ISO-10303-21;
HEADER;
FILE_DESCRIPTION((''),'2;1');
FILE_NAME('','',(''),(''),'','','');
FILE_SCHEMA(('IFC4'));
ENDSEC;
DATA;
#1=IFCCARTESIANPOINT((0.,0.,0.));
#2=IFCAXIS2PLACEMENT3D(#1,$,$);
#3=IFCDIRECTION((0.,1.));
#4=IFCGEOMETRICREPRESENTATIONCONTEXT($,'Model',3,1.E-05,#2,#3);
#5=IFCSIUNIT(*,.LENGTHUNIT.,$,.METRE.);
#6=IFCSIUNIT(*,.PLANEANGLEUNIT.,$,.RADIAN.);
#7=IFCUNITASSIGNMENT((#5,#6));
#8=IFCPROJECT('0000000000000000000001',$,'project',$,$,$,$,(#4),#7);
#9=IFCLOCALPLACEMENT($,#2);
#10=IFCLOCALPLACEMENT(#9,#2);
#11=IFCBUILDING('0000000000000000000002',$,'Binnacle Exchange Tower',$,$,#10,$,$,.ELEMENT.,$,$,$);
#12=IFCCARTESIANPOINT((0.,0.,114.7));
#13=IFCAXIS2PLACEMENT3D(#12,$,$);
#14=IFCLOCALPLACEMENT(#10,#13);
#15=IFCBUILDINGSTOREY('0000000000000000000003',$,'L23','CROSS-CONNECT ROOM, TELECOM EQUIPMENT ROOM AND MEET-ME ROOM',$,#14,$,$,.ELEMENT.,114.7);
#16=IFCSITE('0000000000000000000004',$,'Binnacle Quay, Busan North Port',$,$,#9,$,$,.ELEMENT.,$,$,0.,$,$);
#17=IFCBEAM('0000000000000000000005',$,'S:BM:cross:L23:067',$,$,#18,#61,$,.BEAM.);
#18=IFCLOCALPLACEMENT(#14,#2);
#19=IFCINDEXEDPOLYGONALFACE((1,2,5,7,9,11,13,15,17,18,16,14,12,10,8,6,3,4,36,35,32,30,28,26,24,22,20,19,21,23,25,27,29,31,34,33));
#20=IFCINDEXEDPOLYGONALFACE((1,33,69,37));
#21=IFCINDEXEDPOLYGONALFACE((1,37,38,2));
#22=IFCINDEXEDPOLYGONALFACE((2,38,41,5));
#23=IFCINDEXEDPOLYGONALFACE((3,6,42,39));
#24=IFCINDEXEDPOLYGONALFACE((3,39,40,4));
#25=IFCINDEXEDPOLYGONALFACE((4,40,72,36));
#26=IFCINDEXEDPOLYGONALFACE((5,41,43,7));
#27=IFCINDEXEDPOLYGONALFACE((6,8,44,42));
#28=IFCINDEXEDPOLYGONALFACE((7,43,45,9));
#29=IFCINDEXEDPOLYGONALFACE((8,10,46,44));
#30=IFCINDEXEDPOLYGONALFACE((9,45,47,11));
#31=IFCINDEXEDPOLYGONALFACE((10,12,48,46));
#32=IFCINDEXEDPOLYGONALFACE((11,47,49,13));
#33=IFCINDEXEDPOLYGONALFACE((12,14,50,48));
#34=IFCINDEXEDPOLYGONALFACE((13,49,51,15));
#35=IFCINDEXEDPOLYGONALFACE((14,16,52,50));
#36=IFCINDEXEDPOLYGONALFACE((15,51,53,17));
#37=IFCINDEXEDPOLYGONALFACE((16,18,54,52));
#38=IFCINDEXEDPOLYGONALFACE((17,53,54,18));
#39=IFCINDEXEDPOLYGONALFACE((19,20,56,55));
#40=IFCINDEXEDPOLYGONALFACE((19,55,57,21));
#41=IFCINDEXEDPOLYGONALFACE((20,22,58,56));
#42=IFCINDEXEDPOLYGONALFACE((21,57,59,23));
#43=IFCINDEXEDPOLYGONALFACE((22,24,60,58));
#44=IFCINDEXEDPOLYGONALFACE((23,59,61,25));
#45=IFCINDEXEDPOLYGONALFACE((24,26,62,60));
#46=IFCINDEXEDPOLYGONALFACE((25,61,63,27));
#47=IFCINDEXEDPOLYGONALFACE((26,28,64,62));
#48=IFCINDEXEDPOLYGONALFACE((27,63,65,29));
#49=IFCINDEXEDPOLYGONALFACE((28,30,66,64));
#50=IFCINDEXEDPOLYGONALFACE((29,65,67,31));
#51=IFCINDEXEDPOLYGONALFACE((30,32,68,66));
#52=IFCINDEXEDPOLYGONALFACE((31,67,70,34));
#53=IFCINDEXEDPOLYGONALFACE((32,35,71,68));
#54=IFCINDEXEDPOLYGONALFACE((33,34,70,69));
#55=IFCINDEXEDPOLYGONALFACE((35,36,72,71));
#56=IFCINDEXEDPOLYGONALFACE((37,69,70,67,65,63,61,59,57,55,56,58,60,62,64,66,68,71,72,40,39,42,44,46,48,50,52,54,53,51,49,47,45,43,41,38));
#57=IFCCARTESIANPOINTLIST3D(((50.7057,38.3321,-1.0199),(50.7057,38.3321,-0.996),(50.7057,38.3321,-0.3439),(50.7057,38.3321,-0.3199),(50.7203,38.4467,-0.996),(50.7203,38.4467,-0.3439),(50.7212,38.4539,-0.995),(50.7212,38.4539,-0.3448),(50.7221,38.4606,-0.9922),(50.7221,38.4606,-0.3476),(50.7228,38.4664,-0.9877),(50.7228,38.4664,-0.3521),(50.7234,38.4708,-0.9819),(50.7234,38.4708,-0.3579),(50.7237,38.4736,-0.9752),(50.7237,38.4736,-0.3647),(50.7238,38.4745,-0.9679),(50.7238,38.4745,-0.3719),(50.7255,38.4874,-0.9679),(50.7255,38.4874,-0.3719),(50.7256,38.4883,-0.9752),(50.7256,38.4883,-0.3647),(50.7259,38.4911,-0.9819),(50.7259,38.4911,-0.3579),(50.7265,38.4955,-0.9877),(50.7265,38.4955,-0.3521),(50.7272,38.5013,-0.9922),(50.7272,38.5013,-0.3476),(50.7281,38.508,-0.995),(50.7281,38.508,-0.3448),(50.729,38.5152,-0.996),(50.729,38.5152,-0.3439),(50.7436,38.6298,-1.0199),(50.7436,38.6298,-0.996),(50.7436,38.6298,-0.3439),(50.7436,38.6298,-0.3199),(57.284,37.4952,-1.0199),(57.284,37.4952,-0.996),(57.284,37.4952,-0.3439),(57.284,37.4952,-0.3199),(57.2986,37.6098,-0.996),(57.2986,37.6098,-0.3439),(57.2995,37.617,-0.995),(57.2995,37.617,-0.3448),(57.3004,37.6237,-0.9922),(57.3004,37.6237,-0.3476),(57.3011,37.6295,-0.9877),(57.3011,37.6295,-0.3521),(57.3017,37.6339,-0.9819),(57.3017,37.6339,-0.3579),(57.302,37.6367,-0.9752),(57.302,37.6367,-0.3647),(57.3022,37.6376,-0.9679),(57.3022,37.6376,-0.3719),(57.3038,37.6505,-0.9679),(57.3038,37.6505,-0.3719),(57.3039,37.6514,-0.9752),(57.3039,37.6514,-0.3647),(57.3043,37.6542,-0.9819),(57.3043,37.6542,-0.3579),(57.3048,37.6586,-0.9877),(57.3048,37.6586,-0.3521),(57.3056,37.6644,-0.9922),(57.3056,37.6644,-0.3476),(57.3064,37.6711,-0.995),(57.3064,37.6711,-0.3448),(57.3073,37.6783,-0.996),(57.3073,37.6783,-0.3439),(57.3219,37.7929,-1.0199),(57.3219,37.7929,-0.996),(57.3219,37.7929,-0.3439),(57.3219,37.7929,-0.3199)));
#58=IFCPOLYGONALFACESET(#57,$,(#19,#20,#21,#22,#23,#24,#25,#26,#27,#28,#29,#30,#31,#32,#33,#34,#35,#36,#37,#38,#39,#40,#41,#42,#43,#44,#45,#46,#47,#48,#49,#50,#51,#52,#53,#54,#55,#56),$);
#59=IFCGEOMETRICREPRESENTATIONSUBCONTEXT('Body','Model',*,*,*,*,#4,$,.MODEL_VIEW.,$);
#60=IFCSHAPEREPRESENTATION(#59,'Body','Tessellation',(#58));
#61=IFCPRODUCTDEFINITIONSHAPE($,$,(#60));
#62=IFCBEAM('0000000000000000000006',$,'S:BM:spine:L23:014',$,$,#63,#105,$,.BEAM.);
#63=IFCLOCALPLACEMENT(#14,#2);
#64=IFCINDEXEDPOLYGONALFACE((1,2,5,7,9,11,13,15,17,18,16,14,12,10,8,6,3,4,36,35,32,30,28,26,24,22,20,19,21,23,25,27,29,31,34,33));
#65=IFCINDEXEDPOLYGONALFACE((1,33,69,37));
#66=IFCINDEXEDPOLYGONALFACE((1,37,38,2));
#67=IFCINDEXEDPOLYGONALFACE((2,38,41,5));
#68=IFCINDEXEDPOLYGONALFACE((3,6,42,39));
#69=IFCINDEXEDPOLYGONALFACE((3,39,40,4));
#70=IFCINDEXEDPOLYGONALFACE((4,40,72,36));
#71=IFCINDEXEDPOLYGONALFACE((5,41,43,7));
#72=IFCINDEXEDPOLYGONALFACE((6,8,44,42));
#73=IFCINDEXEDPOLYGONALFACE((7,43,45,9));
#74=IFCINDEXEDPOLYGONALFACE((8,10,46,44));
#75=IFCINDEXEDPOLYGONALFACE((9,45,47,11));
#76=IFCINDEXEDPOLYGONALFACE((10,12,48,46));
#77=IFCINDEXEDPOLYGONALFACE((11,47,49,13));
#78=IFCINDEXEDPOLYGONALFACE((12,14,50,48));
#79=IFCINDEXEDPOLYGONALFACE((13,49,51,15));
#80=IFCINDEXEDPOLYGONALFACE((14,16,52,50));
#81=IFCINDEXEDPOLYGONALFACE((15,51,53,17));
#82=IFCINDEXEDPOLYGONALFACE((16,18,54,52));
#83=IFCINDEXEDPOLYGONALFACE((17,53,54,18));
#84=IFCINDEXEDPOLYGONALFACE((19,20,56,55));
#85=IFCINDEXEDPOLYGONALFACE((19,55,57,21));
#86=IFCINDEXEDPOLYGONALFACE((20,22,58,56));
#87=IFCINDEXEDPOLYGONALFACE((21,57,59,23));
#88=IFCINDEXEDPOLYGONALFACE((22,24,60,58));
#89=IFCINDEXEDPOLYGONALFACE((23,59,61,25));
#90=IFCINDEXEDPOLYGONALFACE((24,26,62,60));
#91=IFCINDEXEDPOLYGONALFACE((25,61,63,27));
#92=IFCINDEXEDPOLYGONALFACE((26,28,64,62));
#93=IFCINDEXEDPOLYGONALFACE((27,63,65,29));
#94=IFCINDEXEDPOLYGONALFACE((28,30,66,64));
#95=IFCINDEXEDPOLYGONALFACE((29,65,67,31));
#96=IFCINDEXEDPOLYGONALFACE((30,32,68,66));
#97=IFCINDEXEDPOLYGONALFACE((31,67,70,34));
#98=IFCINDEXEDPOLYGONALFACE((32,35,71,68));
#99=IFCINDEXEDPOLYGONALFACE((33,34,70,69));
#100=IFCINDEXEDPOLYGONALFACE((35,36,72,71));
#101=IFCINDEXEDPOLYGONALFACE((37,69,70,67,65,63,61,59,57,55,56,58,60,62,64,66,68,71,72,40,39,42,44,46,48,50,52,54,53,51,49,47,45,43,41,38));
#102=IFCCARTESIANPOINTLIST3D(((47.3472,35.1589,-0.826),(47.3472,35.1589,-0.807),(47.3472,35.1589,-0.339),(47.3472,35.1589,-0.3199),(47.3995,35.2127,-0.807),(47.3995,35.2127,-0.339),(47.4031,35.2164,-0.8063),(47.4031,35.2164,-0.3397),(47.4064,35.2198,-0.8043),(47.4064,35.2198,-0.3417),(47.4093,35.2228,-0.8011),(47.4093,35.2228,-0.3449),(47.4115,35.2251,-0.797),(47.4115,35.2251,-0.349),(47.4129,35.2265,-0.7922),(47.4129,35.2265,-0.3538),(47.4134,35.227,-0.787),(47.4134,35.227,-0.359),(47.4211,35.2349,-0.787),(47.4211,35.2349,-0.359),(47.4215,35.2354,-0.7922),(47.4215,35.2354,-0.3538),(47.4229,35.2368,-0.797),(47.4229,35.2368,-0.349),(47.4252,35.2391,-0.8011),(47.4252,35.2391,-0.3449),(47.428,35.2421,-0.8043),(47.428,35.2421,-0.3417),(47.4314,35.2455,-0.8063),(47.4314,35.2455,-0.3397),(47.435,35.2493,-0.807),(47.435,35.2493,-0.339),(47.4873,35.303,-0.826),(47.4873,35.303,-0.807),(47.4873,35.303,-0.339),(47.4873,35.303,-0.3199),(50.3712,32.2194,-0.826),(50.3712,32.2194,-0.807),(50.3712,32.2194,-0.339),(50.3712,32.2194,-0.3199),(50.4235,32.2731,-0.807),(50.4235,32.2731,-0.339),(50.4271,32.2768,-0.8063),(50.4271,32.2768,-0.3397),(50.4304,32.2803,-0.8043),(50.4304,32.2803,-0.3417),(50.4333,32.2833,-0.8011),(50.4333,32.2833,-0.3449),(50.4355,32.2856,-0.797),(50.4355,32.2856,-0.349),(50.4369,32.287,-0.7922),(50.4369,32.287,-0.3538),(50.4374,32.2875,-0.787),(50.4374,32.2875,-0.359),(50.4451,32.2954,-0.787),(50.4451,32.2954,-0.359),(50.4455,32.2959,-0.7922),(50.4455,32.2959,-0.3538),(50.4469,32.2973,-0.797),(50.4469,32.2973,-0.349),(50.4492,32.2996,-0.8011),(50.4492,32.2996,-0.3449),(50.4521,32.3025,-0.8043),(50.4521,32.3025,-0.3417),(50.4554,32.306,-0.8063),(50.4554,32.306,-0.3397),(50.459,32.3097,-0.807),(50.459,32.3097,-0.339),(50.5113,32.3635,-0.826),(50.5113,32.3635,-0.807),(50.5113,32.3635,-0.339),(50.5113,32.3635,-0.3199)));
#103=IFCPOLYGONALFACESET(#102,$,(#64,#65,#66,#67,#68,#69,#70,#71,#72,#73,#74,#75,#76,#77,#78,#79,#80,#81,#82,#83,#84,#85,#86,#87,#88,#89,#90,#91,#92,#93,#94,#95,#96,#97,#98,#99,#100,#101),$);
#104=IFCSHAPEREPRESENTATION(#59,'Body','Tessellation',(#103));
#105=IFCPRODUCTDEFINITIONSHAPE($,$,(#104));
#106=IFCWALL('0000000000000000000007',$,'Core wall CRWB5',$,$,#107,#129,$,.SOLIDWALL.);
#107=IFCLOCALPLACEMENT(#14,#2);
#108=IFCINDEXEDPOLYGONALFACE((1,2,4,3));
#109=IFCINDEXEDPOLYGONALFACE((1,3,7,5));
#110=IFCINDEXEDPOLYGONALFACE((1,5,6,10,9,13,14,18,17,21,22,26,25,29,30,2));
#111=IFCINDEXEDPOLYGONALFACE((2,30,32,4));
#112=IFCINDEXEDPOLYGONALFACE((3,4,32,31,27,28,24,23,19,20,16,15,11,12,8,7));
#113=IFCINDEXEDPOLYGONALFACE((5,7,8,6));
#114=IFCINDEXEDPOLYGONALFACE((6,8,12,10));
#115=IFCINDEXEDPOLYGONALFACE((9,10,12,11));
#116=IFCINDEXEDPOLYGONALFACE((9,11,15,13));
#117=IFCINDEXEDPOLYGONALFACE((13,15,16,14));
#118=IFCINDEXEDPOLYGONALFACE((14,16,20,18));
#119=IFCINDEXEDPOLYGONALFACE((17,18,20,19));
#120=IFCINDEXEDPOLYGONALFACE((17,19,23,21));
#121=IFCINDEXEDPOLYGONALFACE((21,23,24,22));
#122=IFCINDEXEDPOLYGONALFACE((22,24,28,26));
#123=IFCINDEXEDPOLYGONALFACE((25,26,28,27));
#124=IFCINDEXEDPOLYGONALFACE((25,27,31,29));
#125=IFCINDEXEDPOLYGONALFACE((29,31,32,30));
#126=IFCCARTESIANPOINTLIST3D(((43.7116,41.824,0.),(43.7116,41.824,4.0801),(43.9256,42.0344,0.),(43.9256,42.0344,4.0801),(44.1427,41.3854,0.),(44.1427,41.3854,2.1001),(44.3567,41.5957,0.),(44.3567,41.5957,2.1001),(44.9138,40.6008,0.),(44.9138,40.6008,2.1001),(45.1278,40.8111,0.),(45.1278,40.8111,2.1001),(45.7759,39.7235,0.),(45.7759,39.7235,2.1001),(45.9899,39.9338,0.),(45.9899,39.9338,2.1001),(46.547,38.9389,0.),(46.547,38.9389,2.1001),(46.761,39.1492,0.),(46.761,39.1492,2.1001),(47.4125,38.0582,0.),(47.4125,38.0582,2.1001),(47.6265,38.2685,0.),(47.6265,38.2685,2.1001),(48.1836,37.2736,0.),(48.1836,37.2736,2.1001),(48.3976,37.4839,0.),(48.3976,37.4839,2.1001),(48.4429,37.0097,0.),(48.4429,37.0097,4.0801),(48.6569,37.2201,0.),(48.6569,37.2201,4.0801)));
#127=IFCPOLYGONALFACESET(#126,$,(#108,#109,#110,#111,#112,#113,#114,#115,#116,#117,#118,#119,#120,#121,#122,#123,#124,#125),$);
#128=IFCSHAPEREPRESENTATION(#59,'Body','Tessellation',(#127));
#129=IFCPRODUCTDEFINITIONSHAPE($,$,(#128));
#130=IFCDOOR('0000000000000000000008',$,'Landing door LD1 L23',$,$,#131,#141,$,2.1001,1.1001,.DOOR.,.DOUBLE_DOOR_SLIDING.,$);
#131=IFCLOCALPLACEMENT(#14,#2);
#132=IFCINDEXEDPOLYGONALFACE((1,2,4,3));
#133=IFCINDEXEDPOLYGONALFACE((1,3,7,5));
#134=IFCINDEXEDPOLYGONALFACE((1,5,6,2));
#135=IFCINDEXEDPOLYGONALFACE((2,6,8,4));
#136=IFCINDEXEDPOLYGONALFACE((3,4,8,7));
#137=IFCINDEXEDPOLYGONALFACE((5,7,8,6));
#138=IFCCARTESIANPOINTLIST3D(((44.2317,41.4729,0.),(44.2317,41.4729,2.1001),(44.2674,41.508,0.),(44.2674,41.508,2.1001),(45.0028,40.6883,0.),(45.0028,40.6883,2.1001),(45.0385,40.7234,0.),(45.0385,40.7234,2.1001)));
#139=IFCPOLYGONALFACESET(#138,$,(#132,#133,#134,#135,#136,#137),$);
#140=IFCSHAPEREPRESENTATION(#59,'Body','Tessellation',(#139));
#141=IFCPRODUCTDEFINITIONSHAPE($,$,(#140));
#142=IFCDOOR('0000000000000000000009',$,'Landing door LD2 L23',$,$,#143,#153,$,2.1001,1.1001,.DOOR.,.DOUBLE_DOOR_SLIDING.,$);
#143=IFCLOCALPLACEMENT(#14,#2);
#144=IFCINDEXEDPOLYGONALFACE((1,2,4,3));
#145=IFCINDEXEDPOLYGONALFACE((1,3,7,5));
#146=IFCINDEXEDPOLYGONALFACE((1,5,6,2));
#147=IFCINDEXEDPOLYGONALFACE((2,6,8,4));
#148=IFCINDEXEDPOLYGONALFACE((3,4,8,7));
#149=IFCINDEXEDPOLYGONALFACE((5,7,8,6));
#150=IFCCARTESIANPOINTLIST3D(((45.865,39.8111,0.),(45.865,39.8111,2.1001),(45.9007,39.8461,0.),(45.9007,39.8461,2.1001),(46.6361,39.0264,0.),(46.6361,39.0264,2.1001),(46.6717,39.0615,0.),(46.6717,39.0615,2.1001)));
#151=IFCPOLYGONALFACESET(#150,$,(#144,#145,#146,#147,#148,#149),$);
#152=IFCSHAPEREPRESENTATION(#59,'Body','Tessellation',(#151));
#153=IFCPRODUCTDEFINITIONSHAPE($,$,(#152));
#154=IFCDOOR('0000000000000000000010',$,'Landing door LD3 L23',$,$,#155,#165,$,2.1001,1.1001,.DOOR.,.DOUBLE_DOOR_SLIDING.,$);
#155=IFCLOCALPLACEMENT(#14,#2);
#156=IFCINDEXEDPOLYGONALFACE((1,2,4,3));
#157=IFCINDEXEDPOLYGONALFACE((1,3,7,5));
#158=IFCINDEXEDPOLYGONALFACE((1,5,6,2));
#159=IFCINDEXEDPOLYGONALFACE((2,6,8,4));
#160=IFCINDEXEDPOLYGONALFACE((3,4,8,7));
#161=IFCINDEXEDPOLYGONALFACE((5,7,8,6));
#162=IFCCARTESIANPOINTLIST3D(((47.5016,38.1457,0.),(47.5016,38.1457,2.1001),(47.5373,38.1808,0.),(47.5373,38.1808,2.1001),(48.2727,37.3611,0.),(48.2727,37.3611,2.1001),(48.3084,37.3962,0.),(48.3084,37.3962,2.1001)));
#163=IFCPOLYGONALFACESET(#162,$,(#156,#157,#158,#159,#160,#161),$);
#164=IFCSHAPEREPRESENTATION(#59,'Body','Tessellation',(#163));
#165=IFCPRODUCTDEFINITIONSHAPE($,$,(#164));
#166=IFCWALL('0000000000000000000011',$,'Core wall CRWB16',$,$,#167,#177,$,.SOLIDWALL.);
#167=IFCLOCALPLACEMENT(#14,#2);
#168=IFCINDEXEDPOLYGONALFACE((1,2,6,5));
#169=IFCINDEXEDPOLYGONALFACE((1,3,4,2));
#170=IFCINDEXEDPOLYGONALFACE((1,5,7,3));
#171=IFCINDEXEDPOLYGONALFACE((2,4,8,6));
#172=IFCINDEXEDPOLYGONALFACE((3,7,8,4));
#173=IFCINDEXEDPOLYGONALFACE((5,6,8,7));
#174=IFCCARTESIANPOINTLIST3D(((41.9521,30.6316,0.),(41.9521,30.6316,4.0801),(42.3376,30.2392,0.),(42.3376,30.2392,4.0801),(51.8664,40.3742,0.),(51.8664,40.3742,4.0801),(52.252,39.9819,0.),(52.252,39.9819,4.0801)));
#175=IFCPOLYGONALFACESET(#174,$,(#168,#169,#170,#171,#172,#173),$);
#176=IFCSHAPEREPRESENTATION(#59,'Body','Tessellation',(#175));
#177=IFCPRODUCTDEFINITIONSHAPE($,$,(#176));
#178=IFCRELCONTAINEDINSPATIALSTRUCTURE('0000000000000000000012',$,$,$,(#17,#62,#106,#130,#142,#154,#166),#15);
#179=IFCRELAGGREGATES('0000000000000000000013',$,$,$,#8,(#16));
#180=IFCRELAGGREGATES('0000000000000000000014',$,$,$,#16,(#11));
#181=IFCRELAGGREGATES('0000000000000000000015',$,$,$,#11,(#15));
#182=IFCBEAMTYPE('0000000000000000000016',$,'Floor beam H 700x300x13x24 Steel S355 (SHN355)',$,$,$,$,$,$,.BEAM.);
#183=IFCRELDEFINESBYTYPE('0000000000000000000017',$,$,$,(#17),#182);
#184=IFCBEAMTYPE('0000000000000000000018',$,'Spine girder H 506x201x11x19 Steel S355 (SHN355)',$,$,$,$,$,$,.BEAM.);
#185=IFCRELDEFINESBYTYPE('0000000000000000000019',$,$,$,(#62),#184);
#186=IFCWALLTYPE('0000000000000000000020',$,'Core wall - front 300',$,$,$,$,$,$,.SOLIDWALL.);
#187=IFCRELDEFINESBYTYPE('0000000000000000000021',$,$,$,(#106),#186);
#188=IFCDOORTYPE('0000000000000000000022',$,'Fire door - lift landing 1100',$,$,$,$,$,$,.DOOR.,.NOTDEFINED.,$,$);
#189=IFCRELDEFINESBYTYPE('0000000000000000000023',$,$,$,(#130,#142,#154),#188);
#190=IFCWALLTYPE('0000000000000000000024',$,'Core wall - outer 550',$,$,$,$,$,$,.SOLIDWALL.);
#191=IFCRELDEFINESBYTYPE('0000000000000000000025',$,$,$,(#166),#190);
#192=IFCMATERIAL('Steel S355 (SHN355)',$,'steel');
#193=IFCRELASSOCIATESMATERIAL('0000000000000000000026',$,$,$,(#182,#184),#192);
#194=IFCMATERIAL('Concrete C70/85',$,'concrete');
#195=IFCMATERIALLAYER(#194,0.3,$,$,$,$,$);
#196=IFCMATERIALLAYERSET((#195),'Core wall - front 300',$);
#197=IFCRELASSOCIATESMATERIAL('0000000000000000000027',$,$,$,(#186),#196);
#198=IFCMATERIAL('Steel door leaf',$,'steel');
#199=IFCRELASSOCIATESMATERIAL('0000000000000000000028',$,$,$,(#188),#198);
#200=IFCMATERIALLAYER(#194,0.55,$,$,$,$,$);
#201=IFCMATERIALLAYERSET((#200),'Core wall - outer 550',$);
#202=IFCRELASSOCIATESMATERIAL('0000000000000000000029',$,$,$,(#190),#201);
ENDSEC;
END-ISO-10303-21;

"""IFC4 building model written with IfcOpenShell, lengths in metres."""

from ifc_helpers import new_model, si_unit, direction, frame, frame_2d, origin, origin_2d, place, context, subcontext, project, spatial, rectangle, i_section, extrude, material, layer, layer_set, material_profile, profile_set, type_object, element, fill, save


model = new_model("IFC4")

# Units and contexts
model_context = context("Model", 3, precision=1e-05, world=origin(), true_north=direction((0.0, 1.0)))
body_context = subcontext(model_context, "Body", "Model", "MODEL_VIEW")
ifc_project = project(units=[si_unit("LENGTHUNIT", "METRE"), si_unit("PLANEANGLEUNIT", "RADIAN")], contexts=[model_context])

# Site, building, storey
site_placement = place(None, origin())
site = spatial("IfcSite", under=ifc_project, at=site_placement, Name="Binnacle Quay, Busan North Port", CompositionType="ELEMENT", RefElevation=0.0)
building_placement = place(site_placement, origin())
building = spatial("IfcBuilding", under=site, at=building_placement, Name="Binnacle Exchange Tower", CompositionType="ELEMENT")
storey_placement = place(building_placement, frame((0.0, 0.0, 114.7)))
storey = spatial("IfcBuildingStorey", under=building, at=storey_placement, Name="L23", Description="CROSS-CONNECT ROOM, TELECOM EQUIPMENT ROOM AND MEET-ME ROOM", CompositionType="ELEMENT", Elevation=114.7)

# Shared definitions
ifc_material_1 = material(Name="Concrete C70/85", Category="concrete")

# Beams
ifc_material_2 = material(Name="Steel S355 (SHN355)", Category="steel")
ifc_material_profile_1 = material_profile(ifc_material_2, i_section(OverallWidth=0.3, OverallDepth=0.7, WebThickness=0.0129, FlangeThickness=0.0239, FilletRadius=0.0281, at=origin_2d()), Name="H 700x300x13x24")
ifc_profile_set_1 = profile_set([ifc_material_profile_1], Name="Steel S355 (SHN355)")
beam_type_1 = type_object("IfcBeamType", Name="Floor beam H 700x300x13x24 Steel S355 (SHN355)", PredefinedType="BEAM", material=ifc_profile_set_1)
beam_1_placement = place(storey_placement, frame((57.303, 37.644, -0.6699), z_axis=(-0.992004, 0.126205, 0.0), x_axis=(-0.126205, -0.992004, 0.0)))
element("IfcBeam", 1, at=beam_1_placement, inside=storey, type_object=beam_type_1, Name="S:BM:cross:L23:067", PredefinedType="BEAM", context=body_context, shape_type="SweptSolid", body=[
    extrude(i_section(OverallWidth=0.3, OverallDepth=0.7, WebThickness=0.0129, FlangeThickness=0.0239, FilletRadius=0.0281, at=origin_2d()), origin(), (0.0, 0.0, 1.0), 6.6313),
])
ifc_material_profile_2 = material_profile(ifc_material_2, i_section(OverallWidth=0.2009, OverallDepth=0.5061, WebThickness=0.011, FlangeThickness=0.019, FilletRadius=0.02, at=origin_2d()), Name="H 506x201x11x19")
ifc_profile_set_2 = profile_set([ifc_material_profile_2], Name="Steel S355 (SHN355)")
beam_type_2 = type_object("IfcBeamType", Name="Spine girder H 506x201x11x19 Steel S355 (SHN355)", PredefinedType="BEAM", material=ifc_profile_set_2)
beam_2_placement = place(storey_placement, frame((47.4172, 35.231, -0.573), z_axis=(0.717051, -0.697021, 0.0), x_axis=(0.697021, 0.717051, 0.0)))
element("IfcBeam", 2, at=beam_2_placement, inside=storey, type_object=beam_type_2, Name="S:BM:spine:L23:014", PredefinedType="BEAM", context=body_context, shape_type="SweptSolid", body=[
    extrude(i_section(OverallWidth=0.2009, OverallDepth=0.5061, WebThickness=0.011, FlangeThickness=0.019, FilletRadius=0.02, at=origin_2d()), origin(), (0.0, 0.0, 1.0), 4.2173),
])

# Wall, openings, doors
ifc_layer_1 = layer(ifc_material_1, 0.3)
ifc_layer_set_1 = layer_set([ifc_layer_1], Name="Core wall - front 300")
wall_type_1 = type_object("IfcWallType", Name="Core wall - front 300", PredefinedType="SOLIDWALL", material=ifc_layer_set_1)
wall_1_placement = place(storey_placement, frame((43.8186, 41.9292, 0.0), z_axis=(0.0, 0.0, 1.0), x_axis=(0.700931, -0.713229, 0.0)))
wall_1 = element("IfcWall", 3, at=wall_1_placement, inside=storey, type_object=wall_type_1, Name="Core wall CRWB5", PredefinedType="SOLIDWALL", context=body_context, shape_type="SweptSolid", body=[
    extrude(rectangle(XDim=6.75, YDim=0.3, at=frame_2d((3.375, 0.0))), origin(), (0.0, 0.0, 1.0), 4.0801),
])
opening_1_placement = place(wall_1_placement, frame((0.615, 0.0, 0.0)))
opening_1 = element("IfcOpeningElement", 4, at=opening_1_placement, cuts=wall_1, PredefinedType="OPENING", context=body_context, shape_type="SweptSolid", body=[
    extrude(rectangle(XDim=1.1001, YDim=2.1001, at=frame_2d((0.55, 1.05))), frame((0.0, 0.1599, 0.0), z_axis=(0.0, -1.0, 0.0), x_axis=(1.0, 0.0, 0.0)), (0.0, 0.0, 1.0), 0.3201),
])
opening_2_placement = place(wall_1_placement, frame((2.9451, 0.0, 0.0)))
opening_2 = element("IfcOpeningElement", 5, at=opening_2_placement, cuts=wall_1, PredefinedType="OPENING", context=body_context, shape_type="SweptSolid", body=[
    extrude(rectangle(XDim=1.1001, YDim=2.1001, at=frame_2d((0.55, 1.05))), frame((0.0, 0.1599, 0.0), z_axis=(0.0, -1.0, 0.0), x_axis=(1.0, 0.0, 0.0)), (0.0, 0.0, 1.0), 0.3201),
])
opening_3_placement = place(wall_1_placement, frame((5.28, 0.0, 0.0)))
opening_3 = element("IfcOpeningElement", 6, at=opening_3_placement, cuts=wall_1, PredefinedType="OPENING", context=body_context, shape_type="SweptSolid", body=[
    extrude(rectangle(XDim=1.1001, YDim=2.1001, at=frame_2d((0.55, 1.05))), frame((0.0, 0.1599, 0.0), z_axis=(0.0, -1.0, 0.0), x_axis=(1.0, 0.0, 0.0)), (0.0, 0.0, 1.0), 0.3201),
])
ifc_material_3 = material(Name="Steel door leaf", Category="steel")
door_type_1 = type_object("IfcDoorType", Name="Fire door - lift landing 1100", OperationType="NOTDEFINED", PredefinedType="DOOR", material=ifc_material_3)
door_1_placement = place(opening_1_placement, origin())
door_1 = element("IfcDoor", 7, at=door_1_placement, inside=storey, type_object=door_type_1, Name="Landing door LD1 L23", OperationType="DOUBLE_DOOR_SLIDING", OverallHeight=2.1001, OverallWidth=1.1001, PredefinedType="DOOR", context=body_context, shape_type="SweptSolid", body=[
    extrude(rectangle(XDim=1.1001, YDim=2.1001, at=frame_2d((0.55, 1.05))), frame((0.0, 0.0249, 0.0), z_axis=(0.0, -1.0, 0.0), x_axis=(1.0, 0.0, 0.0)), (0.0, 0.0, 1.0), 0.05),
])
fill(opening_1, door_1)
door_2_placement = place(opening_2_placement, origin())
door_2 = element("IfcDoor", 8, at=door_2_placement, inside=storey, type_object=door_type_1, Name="Landing door LD2 L23", OperationType="DOUBLE_DOOR_SLIDING", OverallHeight=2.1001, OverallWidth=1.1001, PredefinedType="DOOR", context=body_context, shape_type="SweptSolid", body=[
    extrude(rectangle(XDim=1.1001, YDim=2.1001, at=frame_2d((0.55, 1.05))), frame((0.0, 0.0249, 0.0), z_axis=(0.0, -1.0, 0.0), x_axis=(1.0, 0.0, 0.0)), (0.0, 0.0, 1.0), 0.05),
])
fill(opening_2, door_2)
door_3_placement = place(opening_3_placement, origin())
door_3 = element("IfcDoor", 9, at=door_3_placement, inside=storey, type_object=door_type_1, Name="Landing door LD3 L23", OperationType="DOUBLE_DOOR_SLIDING", OverallHeight=2.1001, OverallWidth=1.1001, PredefinedType="DOOR", context=body_context, shape_type="SweptSolid", body=[
    extrude(rectangle(XDim=1.1001, YDim=2.1001, at=frame_2d((0.55, 1.05))), frame((0.0, 0.0249, 0.0), z_axis=(0.0, -1.0, 0.0), x_axis=(1.0, 0.0, 0.0)), (0.0, 0.0, 1.0), 0.05),
])
fill(opening_3, door_3)

# Wall
ifc_layer_2 = layer(ifc_material_1, 0.55)
ifc_layer_set_2 = layer_set([ifc_layer_2], Name="Core wall - outer 550")
wall_type_2 = type_object("IfcWallType", Name="Core wall - outer 550", PredefinedType="SOLIDWALL", material=ifc_layer_set_2)
wall_2_placement = place(storey_placement, frame((42.1448, 30.4353, 0.0), z_axis=(0.0, 0.0, 1.0), x_axis=(0.713254, 0.700906, 0.0)))
element("IfcWall", 10, at=wall_2_placement, inside=storey, type_object=wall_type_2, Name="Core wall CRWB16", PredefinedType="SOLIDWALL", context=body_context, shape_type="SweptSolid", body=[
    extrude(rectangle(XDim=13.9001, YDim=0.55, at=frame_2d((6.9502, 0.0))), origin(), (0.0, 0.0, 1.0), 4.0801),
])

save(model, "model.ifc")
